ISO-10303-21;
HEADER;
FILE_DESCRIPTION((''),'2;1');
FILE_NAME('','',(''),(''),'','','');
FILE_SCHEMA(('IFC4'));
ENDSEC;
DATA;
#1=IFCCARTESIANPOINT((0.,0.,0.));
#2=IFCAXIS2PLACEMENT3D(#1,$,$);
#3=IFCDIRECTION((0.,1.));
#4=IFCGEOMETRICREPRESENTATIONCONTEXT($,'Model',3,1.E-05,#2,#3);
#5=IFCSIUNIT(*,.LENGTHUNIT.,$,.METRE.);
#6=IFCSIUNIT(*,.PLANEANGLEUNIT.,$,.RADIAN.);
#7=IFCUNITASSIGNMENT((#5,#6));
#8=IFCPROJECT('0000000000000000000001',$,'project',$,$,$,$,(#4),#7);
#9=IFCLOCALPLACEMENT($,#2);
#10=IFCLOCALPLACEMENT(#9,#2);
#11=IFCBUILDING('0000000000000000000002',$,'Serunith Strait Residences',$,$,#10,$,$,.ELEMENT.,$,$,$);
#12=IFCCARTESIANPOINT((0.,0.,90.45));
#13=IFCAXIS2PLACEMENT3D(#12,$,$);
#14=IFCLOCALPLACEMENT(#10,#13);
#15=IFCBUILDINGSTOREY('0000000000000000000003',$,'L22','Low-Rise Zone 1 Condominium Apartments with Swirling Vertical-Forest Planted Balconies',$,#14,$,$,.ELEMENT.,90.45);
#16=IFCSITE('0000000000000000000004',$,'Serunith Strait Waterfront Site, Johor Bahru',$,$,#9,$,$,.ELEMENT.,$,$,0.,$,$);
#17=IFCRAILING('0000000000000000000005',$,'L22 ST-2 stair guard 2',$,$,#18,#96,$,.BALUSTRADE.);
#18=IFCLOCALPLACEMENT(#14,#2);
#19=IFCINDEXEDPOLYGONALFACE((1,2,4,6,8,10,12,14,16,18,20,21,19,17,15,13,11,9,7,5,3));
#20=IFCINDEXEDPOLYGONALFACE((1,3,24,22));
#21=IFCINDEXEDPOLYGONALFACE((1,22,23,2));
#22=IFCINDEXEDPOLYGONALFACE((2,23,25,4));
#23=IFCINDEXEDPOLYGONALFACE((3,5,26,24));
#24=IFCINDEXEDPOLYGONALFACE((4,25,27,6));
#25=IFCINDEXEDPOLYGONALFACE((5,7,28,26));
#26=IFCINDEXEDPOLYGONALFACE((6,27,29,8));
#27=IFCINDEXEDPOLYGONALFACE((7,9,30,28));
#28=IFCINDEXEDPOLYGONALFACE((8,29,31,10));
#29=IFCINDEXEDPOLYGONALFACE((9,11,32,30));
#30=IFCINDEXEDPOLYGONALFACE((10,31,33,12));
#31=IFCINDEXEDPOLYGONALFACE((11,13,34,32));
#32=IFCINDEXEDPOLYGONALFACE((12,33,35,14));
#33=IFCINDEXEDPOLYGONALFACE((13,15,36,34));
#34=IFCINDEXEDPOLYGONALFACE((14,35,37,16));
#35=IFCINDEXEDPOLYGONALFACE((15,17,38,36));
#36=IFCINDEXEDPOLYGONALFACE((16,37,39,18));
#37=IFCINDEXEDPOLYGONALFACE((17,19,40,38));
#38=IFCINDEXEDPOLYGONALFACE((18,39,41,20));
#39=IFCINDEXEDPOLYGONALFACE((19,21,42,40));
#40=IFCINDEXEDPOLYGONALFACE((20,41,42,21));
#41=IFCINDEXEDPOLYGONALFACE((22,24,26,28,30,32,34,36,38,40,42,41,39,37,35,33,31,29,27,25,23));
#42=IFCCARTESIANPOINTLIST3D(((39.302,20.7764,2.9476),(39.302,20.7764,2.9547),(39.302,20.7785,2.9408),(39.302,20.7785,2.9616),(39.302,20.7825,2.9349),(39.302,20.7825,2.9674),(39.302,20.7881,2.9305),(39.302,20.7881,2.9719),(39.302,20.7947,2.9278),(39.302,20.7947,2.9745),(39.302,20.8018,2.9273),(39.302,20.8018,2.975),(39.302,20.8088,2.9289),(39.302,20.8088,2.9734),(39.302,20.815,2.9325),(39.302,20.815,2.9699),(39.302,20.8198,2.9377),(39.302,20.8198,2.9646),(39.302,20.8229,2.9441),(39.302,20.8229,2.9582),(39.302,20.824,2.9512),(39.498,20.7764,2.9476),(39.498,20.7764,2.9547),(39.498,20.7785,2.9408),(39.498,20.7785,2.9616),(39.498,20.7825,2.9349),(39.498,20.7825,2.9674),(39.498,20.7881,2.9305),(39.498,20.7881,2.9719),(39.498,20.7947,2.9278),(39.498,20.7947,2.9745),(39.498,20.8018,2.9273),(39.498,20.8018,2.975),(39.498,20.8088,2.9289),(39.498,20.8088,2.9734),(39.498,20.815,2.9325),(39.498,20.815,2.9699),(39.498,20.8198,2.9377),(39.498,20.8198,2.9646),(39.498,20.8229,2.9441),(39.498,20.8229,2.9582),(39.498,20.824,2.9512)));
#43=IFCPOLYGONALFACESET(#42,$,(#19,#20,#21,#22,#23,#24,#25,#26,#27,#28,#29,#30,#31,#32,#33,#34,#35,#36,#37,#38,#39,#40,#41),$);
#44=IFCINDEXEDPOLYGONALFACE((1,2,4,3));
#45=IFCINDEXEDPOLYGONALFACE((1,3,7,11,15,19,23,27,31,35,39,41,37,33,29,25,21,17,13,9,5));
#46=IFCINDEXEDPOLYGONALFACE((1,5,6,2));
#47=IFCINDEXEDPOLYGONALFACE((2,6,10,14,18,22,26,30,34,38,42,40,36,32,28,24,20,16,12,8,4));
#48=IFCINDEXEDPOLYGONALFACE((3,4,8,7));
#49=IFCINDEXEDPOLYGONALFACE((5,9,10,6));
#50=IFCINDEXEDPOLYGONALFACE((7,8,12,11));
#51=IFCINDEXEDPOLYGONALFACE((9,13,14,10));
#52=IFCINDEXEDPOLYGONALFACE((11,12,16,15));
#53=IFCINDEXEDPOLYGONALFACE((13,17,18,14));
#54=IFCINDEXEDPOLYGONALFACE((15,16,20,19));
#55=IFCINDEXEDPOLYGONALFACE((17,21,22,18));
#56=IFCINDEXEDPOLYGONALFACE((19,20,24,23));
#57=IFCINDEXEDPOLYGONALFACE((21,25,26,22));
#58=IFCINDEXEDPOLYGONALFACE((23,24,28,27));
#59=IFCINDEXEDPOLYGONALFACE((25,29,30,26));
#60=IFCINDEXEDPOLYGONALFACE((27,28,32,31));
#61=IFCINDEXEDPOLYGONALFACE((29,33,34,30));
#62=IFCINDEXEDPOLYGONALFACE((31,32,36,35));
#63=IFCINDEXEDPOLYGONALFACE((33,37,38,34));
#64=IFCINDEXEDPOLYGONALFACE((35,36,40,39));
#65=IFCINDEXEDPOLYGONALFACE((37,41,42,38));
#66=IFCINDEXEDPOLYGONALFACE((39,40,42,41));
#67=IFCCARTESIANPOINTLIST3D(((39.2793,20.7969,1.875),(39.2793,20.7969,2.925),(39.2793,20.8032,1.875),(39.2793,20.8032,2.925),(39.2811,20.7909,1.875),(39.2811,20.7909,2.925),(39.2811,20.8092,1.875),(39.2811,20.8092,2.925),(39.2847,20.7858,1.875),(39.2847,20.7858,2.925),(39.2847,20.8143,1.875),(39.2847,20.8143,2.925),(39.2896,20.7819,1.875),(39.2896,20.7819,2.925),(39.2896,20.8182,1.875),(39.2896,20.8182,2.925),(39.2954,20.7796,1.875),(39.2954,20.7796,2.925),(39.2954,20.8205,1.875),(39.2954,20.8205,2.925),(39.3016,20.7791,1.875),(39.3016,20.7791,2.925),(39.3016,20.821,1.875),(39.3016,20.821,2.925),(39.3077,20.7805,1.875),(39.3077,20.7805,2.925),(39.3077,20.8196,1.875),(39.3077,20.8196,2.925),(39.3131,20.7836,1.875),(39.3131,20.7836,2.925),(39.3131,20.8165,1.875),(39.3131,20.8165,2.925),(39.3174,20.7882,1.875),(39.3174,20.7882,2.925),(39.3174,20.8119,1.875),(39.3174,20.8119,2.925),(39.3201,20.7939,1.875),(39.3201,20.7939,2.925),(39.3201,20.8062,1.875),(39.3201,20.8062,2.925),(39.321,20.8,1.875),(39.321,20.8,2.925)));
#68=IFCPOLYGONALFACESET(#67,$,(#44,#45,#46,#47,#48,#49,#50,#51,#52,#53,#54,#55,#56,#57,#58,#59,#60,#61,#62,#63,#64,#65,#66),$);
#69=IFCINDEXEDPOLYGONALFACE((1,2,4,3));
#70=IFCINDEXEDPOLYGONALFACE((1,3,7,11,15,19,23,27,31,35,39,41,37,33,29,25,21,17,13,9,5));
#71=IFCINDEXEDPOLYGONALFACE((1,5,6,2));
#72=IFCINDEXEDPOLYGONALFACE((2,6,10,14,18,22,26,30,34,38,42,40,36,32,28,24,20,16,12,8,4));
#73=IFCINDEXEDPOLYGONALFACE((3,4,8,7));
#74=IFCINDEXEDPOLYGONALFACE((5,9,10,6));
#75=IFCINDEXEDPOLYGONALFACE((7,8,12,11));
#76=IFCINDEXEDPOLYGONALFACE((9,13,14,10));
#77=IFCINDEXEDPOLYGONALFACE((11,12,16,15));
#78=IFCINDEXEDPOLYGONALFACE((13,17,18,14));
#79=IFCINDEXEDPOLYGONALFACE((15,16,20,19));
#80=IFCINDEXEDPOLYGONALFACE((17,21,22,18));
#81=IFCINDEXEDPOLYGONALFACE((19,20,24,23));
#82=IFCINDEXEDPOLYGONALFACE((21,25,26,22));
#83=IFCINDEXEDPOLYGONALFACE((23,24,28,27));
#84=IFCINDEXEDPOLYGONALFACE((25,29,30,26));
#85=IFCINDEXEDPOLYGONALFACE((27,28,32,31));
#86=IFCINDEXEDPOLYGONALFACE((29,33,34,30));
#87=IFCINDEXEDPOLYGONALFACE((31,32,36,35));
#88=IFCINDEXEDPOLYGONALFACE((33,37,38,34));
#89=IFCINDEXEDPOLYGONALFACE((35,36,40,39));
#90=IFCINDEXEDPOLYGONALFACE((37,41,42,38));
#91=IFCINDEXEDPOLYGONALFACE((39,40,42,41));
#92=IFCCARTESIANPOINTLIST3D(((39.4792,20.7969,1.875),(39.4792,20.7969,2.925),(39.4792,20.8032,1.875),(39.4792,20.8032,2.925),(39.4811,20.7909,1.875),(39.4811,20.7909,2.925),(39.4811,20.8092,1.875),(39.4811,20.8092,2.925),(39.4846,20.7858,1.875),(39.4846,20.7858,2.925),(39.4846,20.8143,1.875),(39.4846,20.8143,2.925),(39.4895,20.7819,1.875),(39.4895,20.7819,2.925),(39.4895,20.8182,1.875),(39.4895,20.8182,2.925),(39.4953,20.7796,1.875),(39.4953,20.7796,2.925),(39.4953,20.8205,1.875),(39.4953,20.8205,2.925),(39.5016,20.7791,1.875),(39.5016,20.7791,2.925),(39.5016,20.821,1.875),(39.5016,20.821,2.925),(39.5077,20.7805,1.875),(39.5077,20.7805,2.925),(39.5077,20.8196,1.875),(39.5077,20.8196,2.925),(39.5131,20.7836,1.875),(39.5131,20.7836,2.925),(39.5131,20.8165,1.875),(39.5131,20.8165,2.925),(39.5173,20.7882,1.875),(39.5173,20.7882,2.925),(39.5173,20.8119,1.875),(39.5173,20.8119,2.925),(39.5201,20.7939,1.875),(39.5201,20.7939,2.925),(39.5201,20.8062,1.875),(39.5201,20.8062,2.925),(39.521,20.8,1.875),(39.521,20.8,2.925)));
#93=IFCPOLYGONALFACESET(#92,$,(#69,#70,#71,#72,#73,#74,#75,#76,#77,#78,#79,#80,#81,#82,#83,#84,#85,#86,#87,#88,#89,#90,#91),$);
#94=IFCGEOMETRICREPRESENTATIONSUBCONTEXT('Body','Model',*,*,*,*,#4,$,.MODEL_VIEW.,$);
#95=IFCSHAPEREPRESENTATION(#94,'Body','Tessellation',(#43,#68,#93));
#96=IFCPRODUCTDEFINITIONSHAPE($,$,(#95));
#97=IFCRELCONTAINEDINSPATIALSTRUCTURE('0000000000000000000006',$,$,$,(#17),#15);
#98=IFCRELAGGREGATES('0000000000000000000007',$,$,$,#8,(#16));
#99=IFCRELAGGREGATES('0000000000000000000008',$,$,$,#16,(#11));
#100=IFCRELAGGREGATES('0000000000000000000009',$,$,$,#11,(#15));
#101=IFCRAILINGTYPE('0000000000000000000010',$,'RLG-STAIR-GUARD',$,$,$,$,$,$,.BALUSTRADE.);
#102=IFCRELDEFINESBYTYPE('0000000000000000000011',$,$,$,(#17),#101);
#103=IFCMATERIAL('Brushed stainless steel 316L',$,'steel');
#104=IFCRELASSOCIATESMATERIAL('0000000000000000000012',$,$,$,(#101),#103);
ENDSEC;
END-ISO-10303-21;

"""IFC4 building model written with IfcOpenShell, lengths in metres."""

from ifc_helpers import new_model, si_unit, direction, frame, origin, origin_2d, place, context, subcontext, project, spatial, circle, extrude, material, type_object, element, save


model = new_model("IFC4")

# Units and contexts
model_context = context("Model", 3, precision=1e-05, world=origin(), true_north=direction((0.0, 1.0)))
body_context = subcontext(model_context, "Body", "Model", "MODEL_VIEW")
ifc_project = project(units=[si_unit("LENGTHUNIT", "METRE"), si_unit("PLANEANGLEUNIT", "RADIAN")], contexts=[model_context])

# Site, building, storey
site_placement = place(None, origin())
site = spatial("IfcSite", under=ifc_project, at=site_placement, Name="Serunith Strait Waterfront Site, Johor Bahru", CompositionType="ELEMENT", RefElevation=0.0)
building_placement = place(site_placement, origin())
building = spatial("IfcBuilding", under=site, at=building_placement, Name="Serunith Strait Residences", CompositionType="ELEMENT")
storey_placement = place(building_placement, frame((0.0, 0.0, 90.45)))
storey = spatial("IfcBuildingStorey", under=building, at=storey_placement, Name="L22", Description="Low-Rise Zone 1 Condominium Apartments with Swirling Vertical-Forest Planted Balconies", CompositionType="ELEMENT", Elevation=90.45)

# Railing
ifc_material_1 = material(Name="Brushed stainless steel 316L", Category="steel")
railing_type_1 = type_object("IfcRailingType", Name="RLG-STAIR-GUARD", PredefinedType="BALUSTRADE", material=ifc_material_1)
railing_1_placement = place(storey_placement, frame((39.3, 20.8, 1.875)))
element("IfcRailing", 1, at=railing_1_placement, inside=storey, type_object=railing_type_1, Name="L22 ST-2 stair guard 2", PredefinedType="BALUSTRADE", context=body_context, shape_type="SweptSolid", body=[
    extrude(circle(Radius=0.0239, at=origin_2d()), frame((0.002, 0.0, 1.0762), z_axis=(1.0, 0.0, 0.0), x_axis=(0.0, 1.0, 0.0)), (0.0, 0.0, 1.0), 0.196),
    extrude(circle(Radius=0.021, at=origin_2d()), origin(), (0.0, 0.0, 1.0), 1.05),
    extrude(circle(Radius=0.021, at=origin_2d()), frame((0.2, 0.0, 0.0)), (0.0, 0.0, 1.0), 1.05),
])

save(model, "model.ifc")
